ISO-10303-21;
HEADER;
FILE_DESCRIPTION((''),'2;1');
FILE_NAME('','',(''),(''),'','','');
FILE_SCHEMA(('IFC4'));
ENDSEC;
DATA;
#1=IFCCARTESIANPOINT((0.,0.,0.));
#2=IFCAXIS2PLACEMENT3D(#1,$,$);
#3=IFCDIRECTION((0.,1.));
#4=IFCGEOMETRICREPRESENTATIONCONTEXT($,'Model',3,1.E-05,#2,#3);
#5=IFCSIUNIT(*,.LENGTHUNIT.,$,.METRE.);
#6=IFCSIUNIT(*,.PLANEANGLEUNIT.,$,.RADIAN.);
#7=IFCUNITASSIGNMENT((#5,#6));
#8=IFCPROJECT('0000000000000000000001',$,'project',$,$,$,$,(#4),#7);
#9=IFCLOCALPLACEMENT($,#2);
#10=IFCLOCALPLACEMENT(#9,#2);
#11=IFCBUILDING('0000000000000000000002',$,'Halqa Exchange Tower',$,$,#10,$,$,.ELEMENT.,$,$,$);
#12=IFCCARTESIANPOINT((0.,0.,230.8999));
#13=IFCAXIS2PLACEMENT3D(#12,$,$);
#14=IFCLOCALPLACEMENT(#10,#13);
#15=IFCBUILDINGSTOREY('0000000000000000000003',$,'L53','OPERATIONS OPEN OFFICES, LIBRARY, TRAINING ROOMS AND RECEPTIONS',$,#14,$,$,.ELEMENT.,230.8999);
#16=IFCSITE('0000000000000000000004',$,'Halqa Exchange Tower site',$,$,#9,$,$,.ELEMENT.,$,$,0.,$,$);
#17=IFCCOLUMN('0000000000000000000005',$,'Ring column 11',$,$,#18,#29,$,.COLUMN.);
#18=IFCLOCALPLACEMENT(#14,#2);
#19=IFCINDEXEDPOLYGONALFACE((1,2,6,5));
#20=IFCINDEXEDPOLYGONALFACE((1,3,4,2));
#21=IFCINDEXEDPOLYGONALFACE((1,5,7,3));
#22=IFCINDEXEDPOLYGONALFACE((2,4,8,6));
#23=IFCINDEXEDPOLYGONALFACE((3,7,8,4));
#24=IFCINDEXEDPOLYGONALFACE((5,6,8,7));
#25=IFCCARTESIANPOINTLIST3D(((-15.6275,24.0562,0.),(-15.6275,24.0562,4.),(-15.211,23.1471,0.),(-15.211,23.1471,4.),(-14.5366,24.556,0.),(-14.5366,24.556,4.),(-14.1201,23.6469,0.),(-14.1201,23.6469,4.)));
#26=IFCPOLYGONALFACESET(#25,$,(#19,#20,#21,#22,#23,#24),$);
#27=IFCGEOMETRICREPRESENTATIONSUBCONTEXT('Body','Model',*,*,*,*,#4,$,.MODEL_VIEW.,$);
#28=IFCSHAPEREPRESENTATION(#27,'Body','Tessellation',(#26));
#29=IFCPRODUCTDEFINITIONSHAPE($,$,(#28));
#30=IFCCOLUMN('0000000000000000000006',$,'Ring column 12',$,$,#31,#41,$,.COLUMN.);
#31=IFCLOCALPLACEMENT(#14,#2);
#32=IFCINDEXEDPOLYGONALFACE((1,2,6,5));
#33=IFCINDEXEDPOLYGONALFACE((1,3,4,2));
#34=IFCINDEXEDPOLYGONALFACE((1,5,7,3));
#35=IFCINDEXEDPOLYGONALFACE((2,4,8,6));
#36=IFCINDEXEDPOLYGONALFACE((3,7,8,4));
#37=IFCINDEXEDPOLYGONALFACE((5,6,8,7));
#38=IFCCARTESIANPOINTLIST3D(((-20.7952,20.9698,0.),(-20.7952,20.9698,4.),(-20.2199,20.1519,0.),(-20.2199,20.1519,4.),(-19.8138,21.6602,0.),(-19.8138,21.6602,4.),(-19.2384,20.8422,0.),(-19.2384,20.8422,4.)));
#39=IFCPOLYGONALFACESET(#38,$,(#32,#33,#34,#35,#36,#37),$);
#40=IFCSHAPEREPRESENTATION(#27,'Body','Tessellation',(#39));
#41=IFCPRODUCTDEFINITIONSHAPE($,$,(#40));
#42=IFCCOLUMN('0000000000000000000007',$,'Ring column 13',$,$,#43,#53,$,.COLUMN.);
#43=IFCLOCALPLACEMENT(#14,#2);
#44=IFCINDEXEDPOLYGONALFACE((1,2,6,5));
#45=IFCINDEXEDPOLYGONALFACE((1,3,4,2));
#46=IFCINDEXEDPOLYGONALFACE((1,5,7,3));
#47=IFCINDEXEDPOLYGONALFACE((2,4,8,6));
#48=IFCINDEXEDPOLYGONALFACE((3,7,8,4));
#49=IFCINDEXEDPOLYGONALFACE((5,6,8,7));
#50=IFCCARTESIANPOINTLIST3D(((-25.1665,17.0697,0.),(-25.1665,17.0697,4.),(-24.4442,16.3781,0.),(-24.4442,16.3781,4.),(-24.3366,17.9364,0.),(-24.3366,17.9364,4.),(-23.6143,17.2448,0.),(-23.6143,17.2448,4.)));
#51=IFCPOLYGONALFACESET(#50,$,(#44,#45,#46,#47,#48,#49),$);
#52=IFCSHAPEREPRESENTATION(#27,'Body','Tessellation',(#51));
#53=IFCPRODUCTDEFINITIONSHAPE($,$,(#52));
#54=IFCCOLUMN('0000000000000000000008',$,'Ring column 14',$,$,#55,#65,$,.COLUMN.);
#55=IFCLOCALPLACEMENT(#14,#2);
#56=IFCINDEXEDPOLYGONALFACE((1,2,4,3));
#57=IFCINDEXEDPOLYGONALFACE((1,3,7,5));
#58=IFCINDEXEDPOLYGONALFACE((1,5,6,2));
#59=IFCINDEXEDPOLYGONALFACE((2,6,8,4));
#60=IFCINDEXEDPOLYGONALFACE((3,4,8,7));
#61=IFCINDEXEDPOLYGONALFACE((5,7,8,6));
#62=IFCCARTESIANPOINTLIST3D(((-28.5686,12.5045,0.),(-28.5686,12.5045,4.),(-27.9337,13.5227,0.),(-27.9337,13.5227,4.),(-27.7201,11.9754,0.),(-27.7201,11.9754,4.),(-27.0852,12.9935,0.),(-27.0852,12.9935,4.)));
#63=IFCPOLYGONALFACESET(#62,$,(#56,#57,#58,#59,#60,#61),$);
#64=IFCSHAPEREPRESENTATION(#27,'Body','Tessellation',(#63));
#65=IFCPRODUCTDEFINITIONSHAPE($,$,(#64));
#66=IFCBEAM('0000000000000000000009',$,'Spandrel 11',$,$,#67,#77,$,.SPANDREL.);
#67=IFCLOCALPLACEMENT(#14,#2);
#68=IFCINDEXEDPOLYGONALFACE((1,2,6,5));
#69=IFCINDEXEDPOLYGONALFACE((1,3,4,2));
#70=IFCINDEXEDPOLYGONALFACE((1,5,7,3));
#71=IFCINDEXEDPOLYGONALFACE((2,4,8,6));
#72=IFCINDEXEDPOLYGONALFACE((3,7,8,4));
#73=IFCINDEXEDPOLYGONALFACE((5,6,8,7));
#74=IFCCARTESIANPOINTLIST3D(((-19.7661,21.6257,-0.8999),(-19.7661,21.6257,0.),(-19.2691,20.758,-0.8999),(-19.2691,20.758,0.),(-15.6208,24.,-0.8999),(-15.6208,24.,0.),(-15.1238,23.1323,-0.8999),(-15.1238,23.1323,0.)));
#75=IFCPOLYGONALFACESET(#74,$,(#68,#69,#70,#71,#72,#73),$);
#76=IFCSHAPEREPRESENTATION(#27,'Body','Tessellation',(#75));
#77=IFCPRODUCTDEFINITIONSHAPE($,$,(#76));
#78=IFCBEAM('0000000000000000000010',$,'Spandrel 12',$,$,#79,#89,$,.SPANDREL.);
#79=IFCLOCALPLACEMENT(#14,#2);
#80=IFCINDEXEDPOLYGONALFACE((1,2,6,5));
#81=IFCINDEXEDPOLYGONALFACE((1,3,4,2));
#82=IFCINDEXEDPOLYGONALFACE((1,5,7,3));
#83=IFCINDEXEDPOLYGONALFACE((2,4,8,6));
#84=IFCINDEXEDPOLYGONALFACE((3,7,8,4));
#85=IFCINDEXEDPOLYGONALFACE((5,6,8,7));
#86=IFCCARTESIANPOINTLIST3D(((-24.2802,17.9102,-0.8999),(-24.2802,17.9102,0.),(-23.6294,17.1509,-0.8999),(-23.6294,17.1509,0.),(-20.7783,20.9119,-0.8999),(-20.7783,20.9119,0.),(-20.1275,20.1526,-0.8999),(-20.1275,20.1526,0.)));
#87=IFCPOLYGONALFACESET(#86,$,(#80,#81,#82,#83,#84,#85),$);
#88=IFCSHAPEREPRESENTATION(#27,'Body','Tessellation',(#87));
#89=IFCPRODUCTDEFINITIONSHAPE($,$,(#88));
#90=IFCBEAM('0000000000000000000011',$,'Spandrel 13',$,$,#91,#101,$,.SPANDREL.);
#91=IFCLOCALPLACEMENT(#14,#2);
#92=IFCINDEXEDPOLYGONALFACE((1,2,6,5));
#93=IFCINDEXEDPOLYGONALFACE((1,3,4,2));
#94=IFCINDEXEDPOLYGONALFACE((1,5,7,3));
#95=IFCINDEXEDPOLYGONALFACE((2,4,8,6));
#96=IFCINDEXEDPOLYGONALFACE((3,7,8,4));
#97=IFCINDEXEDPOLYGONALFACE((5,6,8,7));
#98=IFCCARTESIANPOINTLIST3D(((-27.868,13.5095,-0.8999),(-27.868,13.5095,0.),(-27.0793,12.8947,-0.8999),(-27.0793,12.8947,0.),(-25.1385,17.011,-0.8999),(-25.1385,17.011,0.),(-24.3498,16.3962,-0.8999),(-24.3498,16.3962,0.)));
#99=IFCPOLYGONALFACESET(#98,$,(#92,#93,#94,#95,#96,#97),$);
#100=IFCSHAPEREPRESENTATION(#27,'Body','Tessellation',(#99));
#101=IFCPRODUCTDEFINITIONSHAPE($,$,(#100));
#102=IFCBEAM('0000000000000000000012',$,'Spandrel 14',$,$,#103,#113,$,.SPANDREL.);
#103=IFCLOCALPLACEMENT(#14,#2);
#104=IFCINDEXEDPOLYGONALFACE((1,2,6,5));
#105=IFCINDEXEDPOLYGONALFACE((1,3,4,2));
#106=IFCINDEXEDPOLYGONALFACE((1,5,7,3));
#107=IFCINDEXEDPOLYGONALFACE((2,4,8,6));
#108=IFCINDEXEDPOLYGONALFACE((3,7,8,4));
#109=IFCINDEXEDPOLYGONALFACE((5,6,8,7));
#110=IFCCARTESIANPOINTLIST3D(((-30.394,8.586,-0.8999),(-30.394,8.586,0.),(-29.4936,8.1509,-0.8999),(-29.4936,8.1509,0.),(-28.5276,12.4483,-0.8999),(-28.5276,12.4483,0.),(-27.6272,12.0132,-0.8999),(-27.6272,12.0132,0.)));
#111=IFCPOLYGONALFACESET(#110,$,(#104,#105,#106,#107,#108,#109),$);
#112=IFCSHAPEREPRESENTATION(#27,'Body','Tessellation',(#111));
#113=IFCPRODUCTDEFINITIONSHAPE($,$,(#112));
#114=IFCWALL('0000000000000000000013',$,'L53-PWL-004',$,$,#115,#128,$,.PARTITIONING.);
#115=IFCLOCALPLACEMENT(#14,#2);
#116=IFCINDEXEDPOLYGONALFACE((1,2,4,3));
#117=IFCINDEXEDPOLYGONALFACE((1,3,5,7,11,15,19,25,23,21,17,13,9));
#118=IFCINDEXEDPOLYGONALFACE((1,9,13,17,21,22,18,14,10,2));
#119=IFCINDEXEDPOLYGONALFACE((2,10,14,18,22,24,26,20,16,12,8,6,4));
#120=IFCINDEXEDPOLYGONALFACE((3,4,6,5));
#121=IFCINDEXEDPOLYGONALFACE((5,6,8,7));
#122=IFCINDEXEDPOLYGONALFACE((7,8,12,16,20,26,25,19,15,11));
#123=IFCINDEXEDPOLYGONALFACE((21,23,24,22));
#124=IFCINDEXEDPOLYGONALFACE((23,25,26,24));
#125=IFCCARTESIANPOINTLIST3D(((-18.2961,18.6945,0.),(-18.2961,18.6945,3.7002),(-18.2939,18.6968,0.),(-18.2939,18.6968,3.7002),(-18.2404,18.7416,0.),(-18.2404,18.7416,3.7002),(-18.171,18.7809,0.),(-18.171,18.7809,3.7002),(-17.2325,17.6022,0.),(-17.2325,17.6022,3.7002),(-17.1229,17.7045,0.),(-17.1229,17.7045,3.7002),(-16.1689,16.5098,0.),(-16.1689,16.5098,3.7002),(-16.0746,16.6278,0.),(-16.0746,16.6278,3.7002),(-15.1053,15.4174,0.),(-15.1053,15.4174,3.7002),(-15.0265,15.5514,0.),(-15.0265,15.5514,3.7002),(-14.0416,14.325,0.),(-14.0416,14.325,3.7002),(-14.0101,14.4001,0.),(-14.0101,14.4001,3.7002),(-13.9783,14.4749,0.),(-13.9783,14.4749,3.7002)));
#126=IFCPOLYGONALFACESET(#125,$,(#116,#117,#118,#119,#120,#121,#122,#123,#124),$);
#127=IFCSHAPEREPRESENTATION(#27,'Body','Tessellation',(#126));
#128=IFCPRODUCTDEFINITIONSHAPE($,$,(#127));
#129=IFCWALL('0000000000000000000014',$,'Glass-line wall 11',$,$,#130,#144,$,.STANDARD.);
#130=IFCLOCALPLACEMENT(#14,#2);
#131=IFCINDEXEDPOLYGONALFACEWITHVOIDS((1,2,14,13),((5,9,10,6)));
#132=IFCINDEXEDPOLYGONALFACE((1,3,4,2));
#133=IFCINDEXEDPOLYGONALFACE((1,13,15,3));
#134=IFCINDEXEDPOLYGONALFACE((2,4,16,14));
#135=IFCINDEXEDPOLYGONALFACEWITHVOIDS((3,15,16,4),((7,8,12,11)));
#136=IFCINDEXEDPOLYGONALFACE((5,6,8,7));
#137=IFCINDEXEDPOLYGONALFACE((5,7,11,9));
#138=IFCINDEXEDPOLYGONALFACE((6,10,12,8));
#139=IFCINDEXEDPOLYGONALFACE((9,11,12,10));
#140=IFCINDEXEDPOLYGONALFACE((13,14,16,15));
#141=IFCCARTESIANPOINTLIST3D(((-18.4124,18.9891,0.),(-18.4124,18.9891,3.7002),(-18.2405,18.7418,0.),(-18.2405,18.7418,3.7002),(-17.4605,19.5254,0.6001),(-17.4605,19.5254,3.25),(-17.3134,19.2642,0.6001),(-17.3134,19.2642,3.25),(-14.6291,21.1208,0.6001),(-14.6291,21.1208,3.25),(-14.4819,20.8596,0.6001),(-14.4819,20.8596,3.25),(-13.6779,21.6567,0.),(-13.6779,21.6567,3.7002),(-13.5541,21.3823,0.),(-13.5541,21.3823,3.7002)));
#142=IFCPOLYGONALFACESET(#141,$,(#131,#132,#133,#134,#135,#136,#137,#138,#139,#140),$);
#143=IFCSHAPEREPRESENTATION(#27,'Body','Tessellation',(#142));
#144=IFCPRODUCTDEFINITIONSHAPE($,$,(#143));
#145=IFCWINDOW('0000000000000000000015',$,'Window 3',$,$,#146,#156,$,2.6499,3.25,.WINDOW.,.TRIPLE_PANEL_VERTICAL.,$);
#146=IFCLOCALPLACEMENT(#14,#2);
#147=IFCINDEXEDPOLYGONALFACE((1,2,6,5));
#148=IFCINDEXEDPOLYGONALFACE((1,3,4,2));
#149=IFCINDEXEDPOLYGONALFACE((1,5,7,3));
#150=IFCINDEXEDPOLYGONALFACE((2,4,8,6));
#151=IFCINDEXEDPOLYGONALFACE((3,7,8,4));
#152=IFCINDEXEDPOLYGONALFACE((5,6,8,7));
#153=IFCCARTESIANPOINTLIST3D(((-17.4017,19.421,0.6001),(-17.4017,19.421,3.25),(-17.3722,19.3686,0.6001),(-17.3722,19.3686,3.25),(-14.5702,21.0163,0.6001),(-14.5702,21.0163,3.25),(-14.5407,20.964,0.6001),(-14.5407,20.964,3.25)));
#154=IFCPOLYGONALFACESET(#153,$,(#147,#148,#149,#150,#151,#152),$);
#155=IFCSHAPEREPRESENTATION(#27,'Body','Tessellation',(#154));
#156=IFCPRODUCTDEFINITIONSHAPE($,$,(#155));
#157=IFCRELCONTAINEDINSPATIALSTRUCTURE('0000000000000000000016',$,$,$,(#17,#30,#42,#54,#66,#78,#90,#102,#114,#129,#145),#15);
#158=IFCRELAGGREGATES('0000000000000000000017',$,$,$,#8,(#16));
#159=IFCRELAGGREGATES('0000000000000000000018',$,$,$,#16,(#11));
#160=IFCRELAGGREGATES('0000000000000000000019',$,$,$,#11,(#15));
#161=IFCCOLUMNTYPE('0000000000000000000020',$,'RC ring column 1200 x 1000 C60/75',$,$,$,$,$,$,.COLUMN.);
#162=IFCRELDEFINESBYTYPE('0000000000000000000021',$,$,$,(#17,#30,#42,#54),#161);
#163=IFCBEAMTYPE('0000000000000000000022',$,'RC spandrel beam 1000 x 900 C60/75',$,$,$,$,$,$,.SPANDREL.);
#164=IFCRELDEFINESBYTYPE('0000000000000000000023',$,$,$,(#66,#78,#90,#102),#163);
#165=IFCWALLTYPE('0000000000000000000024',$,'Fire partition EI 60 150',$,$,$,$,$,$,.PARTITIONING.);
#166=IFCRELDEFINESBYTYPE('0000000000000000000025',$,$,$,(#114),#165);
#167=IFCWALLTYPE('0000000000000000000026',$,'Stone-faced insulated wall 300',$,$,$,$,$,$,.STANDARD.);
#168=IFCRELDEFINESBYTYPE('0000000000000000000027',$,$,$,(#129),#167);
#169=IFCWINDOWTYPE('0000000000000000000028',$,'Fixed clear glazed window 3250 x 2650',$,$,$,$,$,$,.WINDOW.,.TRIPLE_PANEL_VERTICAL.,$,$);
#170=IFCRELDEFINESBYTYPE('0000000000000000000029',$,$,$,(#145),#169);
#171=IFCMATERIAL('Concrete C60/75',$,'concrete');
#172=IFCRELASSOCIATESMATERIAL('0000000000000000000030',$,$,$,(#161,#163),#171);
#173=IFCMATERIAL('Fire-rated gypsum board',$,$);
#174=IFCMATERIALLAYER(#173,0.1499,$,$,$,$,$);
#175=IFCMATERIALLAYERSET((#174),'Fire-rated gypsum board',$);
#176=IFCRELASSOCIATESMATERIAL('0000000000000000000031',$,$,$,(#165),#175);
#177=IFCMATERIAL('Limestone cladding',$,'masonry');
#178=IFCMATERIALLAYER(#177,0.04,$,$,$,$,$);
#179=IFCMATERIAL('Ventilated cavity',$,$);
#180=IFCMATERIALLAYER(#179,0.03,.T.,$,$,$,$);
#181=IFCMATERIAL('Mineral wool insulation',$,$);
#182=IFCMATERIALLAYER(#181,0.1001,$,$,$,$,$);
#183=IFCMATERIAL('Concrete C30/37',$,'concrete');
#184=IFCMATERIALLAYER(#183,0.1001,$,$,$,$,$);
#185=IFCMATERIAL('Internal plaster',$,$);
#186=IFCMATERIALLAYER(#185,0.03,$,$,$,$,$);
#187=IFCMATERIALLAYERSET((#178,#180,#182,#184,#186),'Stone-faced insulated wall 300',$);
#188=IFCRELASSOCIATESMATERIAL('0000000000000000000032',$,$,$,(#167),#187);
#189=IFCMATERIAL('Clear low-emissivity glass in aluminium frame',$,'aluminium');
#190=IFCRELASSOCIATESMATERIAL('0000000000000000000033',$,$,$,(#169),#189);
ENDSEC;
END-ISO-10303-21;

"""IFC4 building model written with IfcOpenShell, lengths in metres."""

from ifc_helpers import new_model, si_unit, direction, frame, frame_2d, origin, origin_2d, place, context, subcontext, project, spatial, polyline, rectangle, outline, extrude, material, layer, layer_set, material_profile, profile_set, type_object, element, fill, save


model = new_model("IFC4")

# Units and contexts
model_context = context("Model", 3, precision=1e-05, world=origin(), true_north=direction((0.0, 1.0)))
body_context = subcontext(model_context, "Body", "Model", "MODEL_VIEW")
ifc_project = project(units=[si_unit("LENGTHUNIT", "METRE"), si_unit("PLANEANGLEUNIT", "RADIAN")], contexts=[model_context])

# Site, building, storey
site_placement = place(None, origin())
site = spatial("IfcSite", under=ifc_project, at=site_placement, Name="Halqa Exchange Tower site", CompositionType="ELEMENT", RefElevation=0.0)
building_placement = place(site_placement, origin())
building = spatial("IfcBuilding", under=site, at=building_placement, Name="Halqa Exchange Tower", CompositionType="ELEMENT")
storey_placement = place(building_placement, frame((0.0, 0.0, 230.8999)))
storey = spatial("IfcBuildingStorey", under=building, at=storey_placement, Name="L53", Description="OPERATIONS OPEN OFFICES, LIBRARY, TRAINING ROOMS AND RECEPTIONS", CompositionType="ELEMENT", Elevation=230.8999)

# Columns
ifc_material_1 = material(Name="Concrete C60/75", Category="concrete")
ifc_material_profile_1 = material_profile(ifc_material_1, rectangle(XDim=1.2, YDim=1.0, at=origin_2d()), Name="1200 x 1000")
ifc_profile_set_1 = profile_set([ifc_material_profile_1], Name="Concrete C60/75")
column_type = type_object("IfcColumnType", Name="RC ring column 1200 x 1000 C60/75", PredefinedType="COLUMN", material=ifc_profile_set_1)
for number, where, z_axis, x_axis, name in (
    (1, (-14.8738, 23.8516, 0.0), (0.0, 0.0, 1.0), (-0.909129, -0.416516, 0.0), "Ring column 11"),
    (2, (-20.0168, 20.906, 0.0), (0.0, 0.0, 1.0), (-0.817909, -0.575348, 0.0), "Ring column 12"),
    (3, (-24.3904, 17.1572, 0.0), (0.0, 0.0, 1.0), (-0.691576, -0.722304, 0.0), "Ring column 13"),
    (4, (-27.8269, 12.749, 0.0), (0.0, 0.0, 1.0), (-0.529146, -0.848531, 0.0), "Ring column 14"),
):
    element("IfcColumn", number, at=place(storey_placement, frame(where, z_axis=z_axis, x_axis=x_axis)), inside=storey, type_object=column_type, Name=name, PredefinedType="COLUMN", context=body_context, shape_type="SweptSolid", body=[
        extrude(rectangle(XDim=1.2, YDim=1.0, at=origin_2d()), origin(), (0.0, 0.0, 1.0), 4.0),
    ])

# Beams
ifc_material_profile_2 = material_profile(ifc_material_1, rectangle(XDim=1.0, YDim=0.8999, at=origin_2d()), Name="1000 x 900")
ifc_profile_set_2 = profile_set([ifc_material_profile_2], Name="Concrete C60/75")
beam_type = type_object("IfcBeamType", Name="RC spandrel beam 1000 x 900 C60/75", PredefinedType="SPANDREL", material=ifc_profile_set_2)
beam_1_placement = place(storey_placement, frame((-15.3723, 23.5662, -0.45), z_axis=(-0.867743, -0.497014, 0.0), x_axis=(0.497014, -0.867743, 0.0)))
element("IfcBeam", 5, at=beam_1_placement, inside=storey, type_object=beam_type, Name="Spandrel 11", PredefinedType="SPANDREL", context=body_context, shape_type="SweptSolid", body=[
    extrude(rectangle(XDim=1.0, YDim=0.8999, at=origin_2d()), origin(), (0.0, 0.0, 1.0), 4.7771),
])
beam_2_placement = place(storey_placement, frame((-20.4529, 20.5322, -0.45), z_axis=(-0.759253, -0.650796, 0.0), x_axis=(0.650796, -0.759253, 0.0)))
element("IfcBeam", 6, at=beam_2_placement, inside=storey, type_object=beam_type, Name="Spandrel 12", PredefinedType="SPANDREL", context=body_context, shape_type="SweptSolid", body=[
    extrude(rectangle(XDim=1.0, YDim=0.8999, at=origin_2d()), origin(), (0.0, 0.0, 1.0), 4.6123),
])
beam_3_placement = place(storey_placement, frame((-24.7441, 16.7036, -0.45), z_axis=(-0.614801, -0.788683, 0.0), x_axis=(0.788683, -0.614801, 0.0)))
element("IfcBeam", 7, at=beam_3_placement, inside=storey, type_object=beam_type, Name="Spandrel 13", PredefinedType="SPANDREL", context=body_context, shape_type="SweptSolid", body=[
    extrude(rectangle(XDim=1.0, YDim=0.8999, at=origin_2d()), origin(), (0.0, 0.0, 1.0), 4.4397),
])
beam_4_placement = place(storey_placement, frame((-28.0774, 12.2307, -0.45), z_axis=(-0.435107, -0.900379, 0.0), x_axis=(0.900379, -0.435107, 0.0)))
element("IfcBeam", 8, at=beam_4_placement, inside=storey, type_object=beam_type, Name="Spandrel 14", PredefinedType="SPANDREL", context=body_context, shape_type="SweptSolid", body=[
    extrude(rectangle(XDim=1.0, YDim=0.8999, at=origin_2d()), origin(), (0.0, 0.0, 1.0), 4.2896),
])

# Wall
ifc_material_2 = material(Name="Fire-rated gypsum board")
ifc_layer_1 = layer(ifc_material_2, 0.1499)
ifc_layer_set_1 = layer_set([ifc_layer_1], Name="Fire-rated gypsum board")
wall_type_1 = type_object("IfcWallType", Name="Fire partition EI 60 150", PredefinedType="PARTITIONING", material=ifc_layer_set_1)
wall_1_placement = place(storey_placement, frame((-18.2424, 18.7468, 0.0), z_axis=(0.0, 0.0, 1.0), x_axis=(0.697617, -0.716471, 0.0)))
element("IfcWall", 9, at=wall_1_placement, inside=storey, type_object=wall_type_1, Name="L53-PWL-004", PredefinedType="PARTITIONING", context=body_context, shape_type="SweptSolid", body=[
    extrude(outline(polyline([(0.0, -0.075), (1.5247, -0.075), (3.0493, -0.075), (4.574, -0.075), (6.0986, -0.075), (6.0669, 0.0), (6.0354, 0.075), (4.533, 0.075), (3.0305, 0.075), (1.5278, 0.075), (0.0254, 0.075), (0.0051, -0.0022), (0.0, -0.0718), (0.0, -0.075)])), origin(), (0.0, 0.0, 1.0), 3.7002),
])

# Wall, opening, window
ifc_material_3 = material(Name="Limestone cladding", Category="masonry")
ifc_layer_2 = layer(ifc_material_3, 0.04)
ifc_material_4 = material(Name="Ventilated cavity")
ifc_layer_3 = layer(ifc_material_4, 0.03, ventilated=True)
ifc_material_5 = material(Name="Mineral wool insulation")
ifc_layer_4 = layer(ifc_material_5, 0.1001)
ifc_material_6 = material(Name="Concrete C30/37", Category="concrete")
ifc_layer_5 = layer(ifc_material_6, 0.1001)
ifc_material_7 = material(Name="Internal plaster")
ifc_layer_6 = layer(ifc_material_7, 0.03)
ifc_layer_set_2 = layer_set([ifc_layer_2, ifc_layer_3, ifc_layer_4, ifc_layer_5, ifc_layer_6], Name="Stone-faced insulated wall 300")
wall_type_2 = type_object("IfcWallType", Name="Stone-faced insulated wall 300", PredefinedType="STANDARD", material=ifc_layer_set_2)
wall_2_placement = place(storey_placement, frame((-13.616, 21.5195, 0.0), z_axis=(0.0, 0.0, 1.0), x_axis=(-0.871226, -0.490883, 0.0)))
wall_2 = element("IfcWall", 10, at=wall_2_placement, inside=storey, type_object=wall_type_2, Name="Glass-line wall 11", PredefinedType="STANDARD", context=body_context, shape_type="SweptSolid", body=[
    extrude(outline(polyline([(-0.0134, -0.1499), (5.4209, -0.1499), (5.3926, 0.1499), (0.0134, 0.1499), (-0.0134, -0.1499)])), origin(), (0.0, 0.0, 1.0), 3.7002),
])
opening_1_placement = place(wall_2_placement, frame((1.0784, 0.0, 0.6001)))
opening_1 = element("IfcOpeningElement", 11, at=opening_1_placement, cuts=wall_2, PredefinedType="OPENING", context=body_context, shape_type="SweptSolid", body=[
    extrude(rectangle(XDim=3.25, YDim=2.6499, at=frame_2d((1.625, 1.325))), frame((0.0, 0.1621, 0.0), z_axis=(0.0, -1.0, 0.0), x_axis=(1.0, 0.0, 0.0)), (0.0, 0.0, 1.0), 0.324),
])
ifc_material_8 = material(Name="Clear low-emissivity glass in aluminium frame", Category="aluminium")
window_type = type_object("IfcWindowType", Name="Fixed clear glazed window 3250 x 2650", PartitioningType="TRIPLE_PANEL_VERTICAL", PredefinedType="WINDOW", material=ifc_material_8)
window_1_placement = place(opening_1_placement, origin())
window_1 = element("IfcWindow", 12, at=window_1_placement, inside=storey, type_object=window_type, Name="Window 3", OverallHeight=2.6499, OverallWidth=3.25, PartitioningType="TRIPLE_PANEL_VERTICAL", PredefinedType="WINDOW", context=body_context, shape_type="SweptSolid", body=[
    extrude(rectangle(XDim=3.25, YDim=2.6499, at=frame_2d((1.625, 1.325))), frame((0.0, 0.03, 0.0), z_axis=(0.0, -1.0, 0.0), x_axis=(1.0, 0.0, 0.0)), (0.0, 0.0, 1.0), 0.0601),
])
fill(opening_1, window_1)

save(model, "model.ifc")
